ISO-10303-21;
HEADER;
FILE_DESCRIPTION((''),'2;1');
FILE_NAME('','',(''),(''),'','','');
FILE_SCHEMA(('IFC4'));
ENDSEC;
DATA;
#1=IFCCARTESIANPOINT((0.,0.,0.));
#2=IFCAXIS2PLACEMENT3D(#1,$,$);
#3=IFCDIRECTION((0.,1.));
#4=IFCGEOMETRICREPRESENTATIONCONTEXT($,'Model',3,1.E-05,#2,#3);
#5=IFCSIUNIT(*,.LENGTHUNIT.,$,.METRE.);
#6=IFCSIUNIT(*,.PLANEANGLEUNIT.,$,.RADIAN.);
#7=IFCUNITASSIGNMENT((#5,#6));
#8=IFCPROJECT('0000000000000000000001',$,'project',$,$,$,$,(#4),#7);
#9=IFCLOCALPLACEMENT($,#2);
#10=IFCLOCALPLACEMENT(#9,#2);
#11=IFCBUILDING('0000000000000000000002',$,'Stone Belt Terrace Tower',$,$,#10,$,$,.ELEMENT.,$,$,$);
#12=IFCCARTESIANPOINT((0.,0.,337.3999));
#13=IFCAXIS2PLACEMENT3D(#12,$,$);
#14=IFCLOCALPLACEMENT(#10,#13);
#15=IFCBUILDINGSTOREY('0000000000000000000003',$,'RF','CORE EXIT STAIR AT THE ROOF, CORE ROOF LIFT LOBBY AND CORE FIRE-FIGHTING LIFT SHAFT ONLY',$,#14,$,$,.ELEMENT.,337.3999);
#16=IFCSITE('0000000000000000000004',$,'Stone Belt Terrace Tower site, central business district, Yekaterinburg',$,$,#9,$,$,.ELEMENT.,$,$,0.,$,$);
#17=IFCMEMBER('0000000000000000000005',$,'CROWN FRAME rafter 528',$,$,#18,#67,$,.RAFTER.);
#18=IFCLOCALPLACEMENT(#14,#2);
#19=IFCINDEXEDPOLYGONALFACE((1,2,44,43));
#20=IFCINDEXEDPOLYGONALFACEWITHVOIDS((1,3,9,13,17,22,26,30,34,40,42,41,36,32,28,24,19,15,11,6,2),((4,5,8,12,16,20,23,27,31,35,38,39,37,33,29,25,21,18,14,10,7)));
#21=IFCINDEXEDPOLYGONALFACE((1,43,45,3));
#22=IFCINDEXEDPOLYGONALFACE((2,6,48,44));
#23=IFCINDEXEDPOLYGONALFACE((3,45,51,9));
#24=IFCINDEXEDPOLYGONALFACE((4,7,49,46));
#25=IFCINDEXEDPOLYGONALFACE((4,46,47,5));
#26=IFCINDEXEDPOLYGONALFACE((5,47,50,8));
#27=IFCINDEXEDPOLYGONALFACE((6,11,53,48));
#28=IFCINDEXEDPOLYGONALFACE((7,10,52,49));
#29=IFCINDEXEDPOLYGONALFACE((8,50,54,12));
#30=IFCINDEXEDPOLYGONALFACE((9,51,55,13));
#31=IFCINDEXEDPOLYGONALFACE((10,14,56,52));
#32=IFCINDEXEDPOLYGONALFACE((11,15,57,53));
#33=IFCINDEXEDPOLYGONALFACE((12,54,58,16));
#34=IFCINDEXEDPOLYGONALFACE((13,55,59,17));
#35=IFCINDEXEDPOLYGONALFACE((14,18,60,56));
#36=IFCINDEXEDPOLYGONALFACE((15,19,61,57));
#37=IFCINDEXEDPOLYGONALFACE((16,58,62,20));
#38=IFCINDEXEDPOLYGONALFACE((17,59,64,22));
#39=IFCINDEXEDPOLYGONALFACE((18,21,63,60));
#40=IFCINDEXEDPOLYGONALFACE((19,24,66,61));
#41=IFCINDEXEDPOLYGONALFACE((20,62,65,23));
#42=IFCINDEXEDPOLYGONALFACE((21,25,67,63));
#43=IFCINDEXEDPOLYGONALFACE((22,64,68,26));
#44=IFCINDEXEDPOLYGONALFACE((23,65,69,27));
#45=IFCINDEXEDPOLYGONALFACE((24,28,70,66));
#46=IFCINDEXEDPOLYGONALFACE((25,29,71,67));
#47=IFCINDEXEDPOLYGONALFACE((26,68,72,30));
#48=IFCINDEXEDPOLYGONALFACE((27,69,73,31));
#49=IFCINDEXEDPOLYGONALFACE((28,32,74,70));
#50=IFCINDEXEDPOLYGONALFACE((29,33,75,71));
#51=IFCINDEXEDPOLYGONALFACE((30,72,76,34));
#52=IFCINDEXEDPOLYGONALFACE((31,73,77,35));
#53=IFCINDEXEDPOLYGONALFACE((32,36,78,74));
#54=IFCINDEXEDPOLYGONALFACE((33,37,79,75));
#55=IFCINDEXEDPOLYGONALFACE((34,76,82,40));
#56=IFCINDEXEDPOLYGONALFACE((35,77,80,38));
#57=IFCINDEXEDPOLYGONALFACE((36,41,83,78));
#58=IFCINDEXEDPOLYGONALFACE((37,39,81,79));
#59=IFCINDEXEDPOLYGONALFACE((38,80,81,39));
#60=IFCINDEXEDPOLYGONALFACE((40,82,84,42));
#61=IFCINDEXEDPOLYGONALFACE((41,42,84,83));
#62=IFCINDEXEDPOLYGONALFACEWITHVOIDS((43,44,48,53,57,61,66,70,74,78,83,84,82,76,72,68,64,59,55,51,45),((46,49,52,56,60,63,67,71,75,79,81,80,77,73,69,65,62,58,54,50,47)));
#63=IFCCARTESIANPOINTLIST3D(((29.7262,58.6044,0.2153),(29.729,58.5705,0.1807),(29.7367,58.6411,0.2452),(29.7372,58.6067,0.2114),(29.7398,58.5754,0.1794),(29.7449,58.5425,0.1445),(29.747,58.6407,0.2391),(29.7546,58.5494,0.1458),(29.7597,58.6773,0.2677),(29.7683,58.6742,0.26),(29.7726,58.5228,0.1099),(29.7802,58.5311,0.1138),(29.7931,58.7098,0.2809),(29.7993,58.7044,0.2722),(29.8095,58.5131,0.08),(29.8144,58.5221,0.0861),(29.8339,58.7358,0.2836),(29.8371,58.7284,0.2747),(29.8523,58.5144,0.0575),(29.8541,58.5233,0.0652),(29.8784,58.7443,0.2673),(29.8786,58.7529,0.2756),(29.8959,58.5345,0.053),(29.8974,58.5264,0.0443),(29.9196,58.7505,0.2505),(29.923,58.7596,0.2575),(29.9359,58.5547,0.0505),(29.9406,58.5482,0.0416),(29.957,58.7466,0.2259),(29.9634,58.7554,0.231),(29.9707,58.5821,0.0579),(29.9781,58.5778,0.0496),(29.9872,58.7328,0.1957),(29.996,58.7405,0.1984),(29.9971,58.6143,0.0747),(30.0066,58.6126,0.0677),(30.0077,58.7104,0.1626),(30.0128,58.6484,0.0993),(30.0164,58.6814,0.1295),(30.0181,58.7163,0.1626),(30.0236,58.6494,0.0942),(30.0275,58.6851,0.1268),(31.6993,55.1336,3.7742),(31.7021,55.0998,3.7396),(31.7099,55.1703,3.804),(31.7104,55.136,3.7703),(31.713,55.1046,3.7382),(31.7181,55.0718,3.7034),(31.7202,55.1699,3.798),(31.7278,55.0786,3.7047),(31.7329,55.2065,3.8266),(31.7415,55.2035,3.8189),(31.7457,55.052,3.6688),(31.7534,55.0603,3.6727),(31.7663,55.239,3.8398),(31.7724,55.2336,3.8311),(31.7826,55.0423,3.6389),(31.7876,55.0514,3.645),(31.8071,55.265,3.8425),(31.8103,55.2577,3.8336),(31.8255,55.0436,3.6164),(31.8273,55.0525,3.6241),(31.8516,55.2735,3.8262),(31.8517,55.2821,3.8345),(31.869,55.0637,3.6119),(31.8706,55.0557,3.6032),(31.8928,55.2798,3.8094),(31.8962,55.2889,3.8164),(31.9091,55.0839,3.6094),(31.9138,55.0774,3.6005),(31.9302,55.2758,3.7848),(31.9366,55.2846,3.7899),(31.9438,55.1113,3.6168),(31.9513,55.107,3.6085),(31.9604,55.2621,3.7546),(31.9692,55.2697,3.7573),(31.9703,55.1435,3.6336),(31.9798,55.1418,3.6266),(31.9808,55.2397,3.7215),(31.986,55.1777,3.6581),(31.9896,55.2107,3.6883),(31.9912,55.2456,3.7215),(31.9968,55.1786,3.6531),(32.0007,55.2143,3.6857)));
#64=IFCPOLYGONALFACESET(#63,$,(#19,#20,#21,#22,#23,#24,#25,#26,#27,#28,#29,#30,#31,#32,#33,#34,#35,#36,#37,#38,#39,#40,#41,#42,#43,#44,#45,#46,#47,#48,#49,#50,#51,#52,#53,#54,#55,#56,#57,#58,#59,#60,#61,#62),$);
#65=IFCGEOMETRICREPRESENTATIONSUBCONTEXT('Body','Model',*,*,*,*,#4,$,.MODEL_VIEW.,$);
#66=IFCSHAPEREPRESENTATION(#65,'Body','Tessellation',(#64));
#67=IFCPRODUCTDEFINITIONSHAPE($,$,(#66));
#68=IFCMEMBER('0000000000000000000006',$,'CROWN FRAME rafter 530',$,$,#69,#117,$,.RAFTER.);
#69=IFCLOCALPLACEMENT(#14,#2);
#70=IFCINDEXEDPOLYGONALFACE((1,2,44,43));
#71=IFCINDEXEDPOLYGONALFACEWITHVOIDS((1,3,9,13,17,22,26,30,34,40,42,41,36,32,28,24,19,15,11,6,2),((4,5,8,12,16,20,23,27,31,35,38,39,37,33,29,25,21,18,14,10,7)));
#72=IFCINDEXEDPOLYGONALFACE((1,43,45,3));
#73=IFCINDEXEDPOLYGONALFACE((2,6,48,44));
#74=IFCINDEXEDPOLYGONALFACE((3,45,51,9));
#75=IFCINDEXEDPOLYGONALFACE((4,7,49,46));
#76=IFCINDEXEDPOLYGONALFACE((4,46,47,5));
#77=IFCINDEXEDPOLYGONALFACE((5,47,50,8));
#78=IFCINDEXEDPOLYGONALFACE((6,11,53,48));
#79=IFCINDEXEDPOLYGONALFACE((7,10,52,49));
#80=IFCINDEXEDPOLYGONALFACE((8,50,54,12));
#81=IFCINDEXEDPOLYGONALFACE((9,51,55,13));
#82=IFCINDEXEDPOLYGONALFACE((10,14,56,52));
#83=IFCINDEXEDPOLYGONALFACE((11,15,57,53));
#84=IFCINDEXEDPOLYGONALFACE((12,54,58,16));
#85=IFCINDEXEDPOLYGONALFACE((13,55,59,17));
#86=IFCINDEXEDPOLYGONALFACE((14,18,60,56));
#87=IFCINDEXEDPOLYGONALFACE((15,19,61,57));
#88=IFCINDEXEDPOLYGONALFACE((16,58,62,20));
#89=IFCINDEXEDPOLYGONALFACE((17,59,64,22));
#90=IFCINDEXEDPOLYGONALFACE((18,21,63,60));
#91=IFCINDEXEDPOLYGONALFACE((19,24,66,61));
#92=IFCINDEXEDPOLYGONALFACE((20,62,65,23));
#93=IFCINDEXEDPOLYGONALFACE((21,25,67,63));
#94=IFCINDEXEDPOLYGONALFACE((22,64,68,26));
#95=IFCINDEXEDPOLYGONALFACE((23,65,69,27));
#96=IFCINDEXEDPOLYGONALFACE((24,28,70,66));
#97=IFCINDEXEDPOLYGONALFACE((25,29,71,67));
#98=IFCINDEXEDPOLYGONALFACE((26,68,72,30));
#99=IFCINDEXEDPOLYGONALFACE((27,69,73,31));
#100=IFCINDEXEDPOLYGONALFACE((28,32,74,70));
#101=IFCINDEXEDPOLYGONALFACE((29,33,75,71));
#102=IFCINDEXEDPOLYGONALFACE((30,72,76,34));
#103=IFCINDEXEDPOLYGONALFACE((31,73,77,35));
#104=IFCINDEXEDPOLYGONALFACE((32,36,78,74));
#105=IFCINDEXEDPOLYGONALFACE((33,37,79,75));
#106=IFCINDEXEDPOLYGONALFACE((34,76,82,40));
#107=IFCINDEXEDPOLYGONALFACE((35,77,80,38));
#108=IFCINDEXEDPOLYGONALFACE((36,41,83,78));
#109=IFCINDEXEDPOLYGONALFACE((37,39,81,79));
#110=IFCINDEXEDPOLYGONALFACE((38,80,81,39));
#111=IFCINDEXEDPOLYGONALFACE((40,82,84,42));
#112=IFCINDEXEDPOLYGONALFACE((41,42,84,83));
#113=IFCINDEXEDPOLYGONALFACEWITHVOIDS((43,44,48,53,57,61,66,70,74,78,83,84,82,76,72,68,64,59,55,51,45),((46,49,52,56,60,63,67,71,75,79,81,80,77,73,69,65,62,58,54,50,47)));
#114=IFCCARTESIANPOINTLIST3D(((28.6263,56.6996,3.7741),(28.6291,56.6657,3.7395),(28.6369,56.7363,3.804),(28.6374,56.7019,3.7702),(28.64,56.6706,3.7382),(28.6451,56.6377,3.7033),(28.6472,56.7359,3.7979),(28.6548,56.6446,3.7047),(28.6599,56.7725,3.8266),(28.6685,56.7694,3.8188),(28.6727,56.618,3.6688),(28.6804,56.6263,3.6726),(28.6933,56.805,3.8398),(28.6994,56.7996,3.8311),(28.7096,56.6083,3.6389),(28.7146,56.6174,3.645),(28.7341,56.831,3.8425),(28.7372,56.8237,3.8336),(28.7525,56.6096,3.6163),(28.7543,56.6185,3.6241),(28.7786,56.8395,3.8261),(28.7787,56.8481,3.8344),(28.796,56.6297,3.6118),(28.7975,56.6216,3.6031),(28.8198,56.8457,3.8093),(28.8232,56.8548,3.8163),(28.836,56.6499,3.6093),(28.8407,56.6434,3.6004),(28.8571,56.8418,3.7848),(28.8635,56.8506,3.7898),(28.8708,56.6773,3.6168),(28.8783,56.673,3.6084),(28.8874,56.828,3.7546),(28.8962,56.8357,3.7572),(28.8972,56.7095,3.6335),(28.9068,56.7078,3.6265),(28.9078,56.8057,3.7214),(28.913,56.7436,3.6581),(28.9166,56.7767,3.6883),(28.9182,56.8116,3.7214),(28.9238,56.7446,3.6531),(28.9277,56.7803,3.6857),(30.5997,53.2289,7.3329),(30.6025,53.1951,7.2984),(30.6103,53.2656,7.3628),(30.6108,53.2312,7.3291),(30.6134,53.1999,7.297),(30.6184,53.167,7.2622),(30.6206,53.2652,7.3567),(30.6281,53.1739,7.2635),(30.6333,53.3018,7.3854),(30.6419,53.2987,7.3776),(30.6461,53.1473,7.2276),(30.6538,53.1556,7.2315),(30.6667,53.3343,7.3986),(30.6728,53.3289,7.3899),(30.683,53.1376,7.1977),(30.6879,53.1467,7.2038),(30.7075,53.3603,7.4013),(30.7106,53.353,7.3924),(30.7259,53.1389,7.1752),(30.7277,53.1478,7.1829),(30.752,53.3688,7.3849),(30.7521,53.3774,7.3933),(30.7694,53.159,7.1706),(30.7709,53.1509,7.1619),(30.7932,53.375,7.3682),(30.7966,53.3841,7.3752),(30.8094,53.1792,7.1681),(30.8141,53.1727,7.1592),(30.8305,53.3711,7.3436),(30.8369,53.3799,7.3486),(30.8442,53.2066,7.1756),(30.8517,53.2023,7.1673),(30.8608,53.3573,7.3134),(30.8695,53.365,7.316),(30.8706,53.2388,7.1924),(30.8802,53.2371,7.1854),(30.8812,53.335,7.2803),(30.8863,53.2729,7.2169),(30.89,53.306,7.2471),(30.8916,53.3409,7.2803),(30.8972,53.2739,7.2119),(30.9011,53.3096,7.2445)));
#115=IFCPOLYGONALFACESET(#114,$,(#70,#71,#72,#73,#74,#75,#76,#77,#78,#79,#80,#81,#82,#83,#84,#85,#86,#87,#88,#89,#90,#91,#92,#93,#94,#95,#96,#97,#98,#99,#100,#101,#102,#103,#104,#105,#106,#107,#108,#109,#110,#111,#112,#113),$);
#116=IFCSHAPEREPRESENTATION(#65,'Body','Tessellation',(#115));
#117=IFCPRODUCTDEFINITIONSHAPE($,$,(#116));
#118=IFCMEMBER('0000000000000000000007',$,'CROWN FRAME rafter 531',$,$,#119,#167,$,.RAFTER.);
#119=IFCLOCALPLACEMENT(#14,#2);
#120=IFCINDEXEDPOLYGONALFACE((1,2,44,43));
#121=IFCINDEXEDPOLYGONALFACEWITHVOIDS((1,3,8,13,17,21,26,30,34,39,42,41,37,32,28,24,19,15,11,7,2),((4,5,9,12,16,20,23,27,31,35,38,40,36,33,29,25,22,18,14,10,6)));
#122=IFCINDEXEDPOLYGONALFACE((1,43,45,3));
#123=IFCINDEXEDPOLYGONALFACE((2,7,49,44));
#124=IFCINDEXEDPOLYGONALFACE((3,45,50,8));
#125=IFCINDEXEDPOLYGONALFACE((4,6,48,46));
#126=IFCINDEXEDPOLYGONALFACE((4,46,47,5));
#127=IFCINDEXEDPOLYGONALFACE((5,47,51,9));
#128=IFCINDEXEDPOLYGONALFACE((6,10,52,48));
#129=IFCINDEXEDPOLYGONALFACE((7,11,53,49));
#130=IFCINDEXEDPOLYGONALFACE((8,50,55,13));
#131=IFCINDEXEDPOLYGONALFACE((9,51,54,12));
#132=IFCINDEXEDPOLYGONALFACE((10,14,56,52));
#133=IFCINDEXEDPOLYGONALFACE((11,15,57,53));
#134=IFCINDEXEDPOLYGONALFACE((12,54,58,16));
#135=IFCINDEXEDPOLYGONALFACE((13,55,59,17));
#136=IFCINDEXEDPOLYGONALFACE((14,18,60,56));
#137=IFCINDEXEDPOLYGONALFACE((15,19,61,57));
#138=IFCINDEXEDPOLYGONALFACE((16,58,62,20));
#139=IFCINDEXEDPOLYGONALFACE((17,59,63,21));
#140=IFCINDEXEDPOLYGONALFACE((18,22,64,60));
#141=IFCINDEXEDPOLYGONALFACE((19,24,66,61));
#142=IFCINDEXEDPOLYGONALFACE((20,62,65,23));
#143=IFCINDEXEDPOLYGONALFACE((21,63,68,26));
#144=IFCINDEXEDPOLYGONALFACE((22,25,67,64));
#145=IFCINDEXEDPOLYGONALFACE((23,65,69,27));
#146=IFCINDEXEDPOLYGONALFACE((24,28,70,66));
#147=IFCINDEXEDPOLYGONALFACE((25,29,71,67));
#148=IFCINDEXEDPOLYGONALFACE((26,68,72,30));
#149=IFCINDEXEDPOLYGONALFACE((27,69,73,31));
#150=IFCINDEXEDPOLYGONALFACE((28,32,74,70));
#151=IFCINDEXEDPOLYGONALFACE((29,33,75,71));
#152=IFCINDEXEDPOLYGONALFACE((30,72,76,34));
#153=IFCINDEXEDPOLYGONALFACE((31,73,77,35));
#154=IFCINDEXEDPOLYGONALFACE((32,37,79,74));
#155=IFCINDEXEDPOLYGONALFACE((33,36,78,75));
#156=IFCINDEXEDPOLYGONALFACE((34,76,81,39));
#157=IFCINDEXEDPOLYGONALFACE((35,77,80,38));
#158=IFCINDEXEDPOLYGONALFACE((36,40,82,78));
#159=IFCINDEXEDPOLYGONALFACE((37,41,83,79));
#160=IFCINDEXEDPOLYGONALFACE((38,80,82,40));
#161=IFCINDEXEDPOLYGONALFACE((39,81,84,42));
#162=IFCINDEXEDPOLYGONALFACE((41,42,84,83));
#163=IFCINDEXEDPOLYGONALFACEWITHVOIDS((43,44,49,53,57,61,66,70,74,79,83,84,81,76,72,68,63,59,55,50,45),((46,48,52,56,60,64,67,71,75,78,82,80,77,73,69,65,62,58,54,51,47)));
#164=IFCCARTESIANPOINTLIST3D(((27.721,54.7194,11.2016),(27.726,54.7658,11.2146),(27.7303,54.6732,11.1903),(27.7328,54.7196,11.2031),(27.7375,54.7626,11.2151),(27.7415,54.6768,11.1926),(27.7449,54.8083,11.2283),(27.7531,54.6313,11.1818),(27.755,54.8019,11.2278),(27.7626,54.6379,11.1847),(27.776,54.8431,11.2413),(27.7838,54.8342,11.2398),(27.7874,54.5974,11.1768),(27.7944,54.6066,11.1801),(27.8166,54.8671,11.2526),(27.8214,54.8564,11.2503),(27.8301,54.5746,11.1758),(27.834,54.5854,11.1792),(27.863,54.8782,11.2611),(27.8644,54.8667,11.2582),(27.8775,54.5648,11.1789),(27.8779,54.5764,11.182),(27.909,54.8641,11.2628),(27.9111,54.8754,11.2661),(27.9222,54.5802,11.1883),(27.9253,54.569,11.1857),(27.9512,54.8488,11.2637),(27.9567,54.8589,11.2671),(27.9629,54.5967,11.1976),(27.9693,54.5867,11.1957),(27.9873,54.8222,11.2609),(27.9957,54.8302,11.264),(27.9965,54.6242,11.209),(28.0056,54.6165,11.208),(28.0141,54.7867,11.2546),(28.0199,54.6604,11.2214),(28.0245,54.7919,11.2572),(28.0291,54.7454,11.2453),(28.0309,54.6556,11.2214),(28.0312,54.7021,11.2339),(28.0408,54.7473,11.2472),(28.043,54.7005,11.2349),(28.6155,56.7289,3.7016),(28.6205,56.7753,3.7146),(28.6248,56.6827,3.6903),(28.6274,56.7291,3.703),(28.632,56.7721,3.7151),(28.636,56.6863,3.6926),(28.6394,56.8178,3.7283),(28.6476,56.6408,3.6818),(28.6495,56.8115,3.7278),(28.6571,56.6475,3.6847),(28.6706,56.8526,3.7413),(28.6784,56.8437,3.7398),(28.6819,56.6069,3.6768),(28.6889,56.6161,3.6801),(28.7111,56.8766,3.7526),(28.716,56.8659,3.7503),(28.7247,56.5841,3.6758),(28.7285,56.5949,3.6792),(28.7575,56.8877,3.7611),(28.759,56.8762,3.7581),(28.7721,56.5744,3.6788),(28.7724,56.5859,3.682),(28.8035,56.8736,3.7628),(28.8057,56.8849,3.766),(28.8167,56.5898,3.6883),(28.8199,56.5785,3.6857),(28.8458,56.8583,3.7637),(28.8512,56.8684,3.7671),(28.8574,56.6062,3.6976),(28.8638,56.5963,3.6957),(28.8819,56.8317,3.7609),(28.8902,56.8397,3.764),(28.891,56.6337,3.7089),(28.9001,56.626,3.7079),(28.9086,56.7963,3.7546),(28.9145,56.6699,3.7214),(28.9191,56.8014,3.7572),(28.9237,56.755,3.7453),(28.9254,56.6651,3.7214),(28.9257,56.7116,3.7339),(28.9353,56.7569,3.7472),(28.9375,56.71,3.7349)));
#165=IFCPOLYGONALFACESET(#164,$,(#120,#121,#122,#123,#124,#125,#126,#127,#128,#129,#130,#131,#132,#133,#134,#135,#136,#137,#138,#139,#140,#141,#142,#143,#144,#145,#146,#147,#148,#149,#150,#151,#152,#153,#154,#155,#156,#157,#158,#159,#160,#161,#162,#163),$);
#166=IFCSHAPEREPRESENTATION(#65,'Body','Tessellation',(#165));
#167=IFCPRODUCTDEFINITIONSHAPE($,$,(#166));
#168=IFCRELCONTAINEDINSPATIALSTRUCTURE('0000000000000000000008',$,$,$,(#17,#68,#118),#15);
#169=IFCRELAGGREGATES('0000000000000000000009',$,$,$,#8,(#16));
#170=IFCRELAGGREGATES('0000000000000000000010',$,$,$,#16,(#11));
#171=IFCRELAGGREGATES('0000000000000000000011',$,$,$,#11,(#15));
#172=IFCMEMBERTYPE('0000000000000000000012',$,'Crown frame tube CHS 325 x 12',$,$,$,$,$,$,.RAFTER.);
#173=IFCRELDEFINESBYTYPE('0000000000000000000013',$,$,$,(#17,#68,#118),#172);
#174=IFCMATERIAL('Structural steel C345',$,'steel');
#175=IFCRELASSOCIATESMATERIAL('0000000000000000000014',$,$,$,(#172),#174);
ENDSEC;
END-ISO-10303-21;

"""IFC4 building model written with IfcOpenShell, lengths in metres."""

from ifc_helpers import new_model, si_unit, direction, frame, origin, origin_2d, place, context, subcontext, project, spatial, hollow_circle, extrude, material, material_profile, profile_set, type_object, element, save


model = new_model("IFC4")

# Units and contexts
model_context = context("Model", 3, precision=1e-05, world=origin(), true_north=direction((0.0, 1.0)))
body_context = subcontext(model_context, "Body", "Model", "MODEL_VIEW")
ifc_project = project(units=[si_unit("LENGTHUNIT", "METRE"), si_unit("PLANEANGLEUNIT", "RADIAN")], contexts=[model_context])

# Site, building, storey
site_placement = place(None, origin())
site = spatial("IfcSite", under=ifc_project, at=site_placement, Name="Stone Belt Terrace Tower site, central business district, Yekaterinburg", CompositionType="ELEMENT", RefElevation=0.0)
building_placement = place(site_placement, origin())
building = spatial("IfcBuilding", under=site, at=building_placement, Name="Stone Belt Terrace Tower", CompositionType="ELEMENT")
storey_placement = place(building_placement, frame((0.0, 0.0, 337.3999)))
storey = spatial("IfcBuildingStorey", under=building, at=storey_placement, Name="RF", Description="CORE EXIT STAIR AT THE ROOF, CORE ROOF LIFT LOBBY AND CORE FIRE-FIGHTING LIFT SHAFT ONLY", CompositionType="ELEMENT", Elevation=337.3999)

# Members
ifc_material_1 = material(Name="Structural steel C345", Category="steel")
ifc_material_profile_1 = material_profile(ifc_material_1, hollow_circle(Radius=0.1626, WallThickness=0.012, at=origin_2d()), Name="Structural steel C345 CHS 325x12")
ifc_profile_set_1 = profile_set([ifc_material_profile_1], Name="Structural steel C345")
member_type_1 = type_object("IfcMemberType", Name="Crown frame tube CHS 325 x 12", PredefinedType="RAFTER", material=ifc_profile_set_1)
for number, where, z_axis, x_axis, name in (
    (1, (29.8767, 58.636, 0.1626), (0.368929, -0.648935, 0.665414), (0.869332, 0.494228, 0.0), "CROWN FRAME rafter 528"),
    (2, (28.7769, 56.7312, 3.7214), (0.368968, -0.648924, 0.665402), (0.869306, 0.494274, 0.0), "CROWN FRAME rafter 530"),
):
    element("IfcMember", number, at=place(storey_placement, frame(where, z_axis=z_axis, x_axis=x_axis)), inside=storey, type_object=member_type_1, Name=name, PredefinedType="RAFTER", context=body_context, shape_type="SweptSolid", body=[
        extrude(hollow_circle(Radius=0.1626, WallThickness=0.012, at=origin_2d()), origin(), (0.0, 0.0, 1.0), 5.3484),
    ])
member_1_placement = place(storey_placement, frame((28.7769, 56.7312, 3.7214), z_axis=(-0.11445, -0.257107, 0.959582), x_axis=(0.913573, -0.406674, 0.0)))
element("IfcMember", 3, at=member_1_placement, inside=storey, type_object=member_type_1, Name="CROWN FRAME rafter 531", PredefinedType="RAFTER", context=body_context, shape_type="SweptSolid", body=[
    extrude(hollow_circle(Radius=0.1626, WallThickness=0.012, at=origin_2d()), origin(), (0.0, 0.0, 1.0), 7.8159),
])

save(model, "model.ifc")
